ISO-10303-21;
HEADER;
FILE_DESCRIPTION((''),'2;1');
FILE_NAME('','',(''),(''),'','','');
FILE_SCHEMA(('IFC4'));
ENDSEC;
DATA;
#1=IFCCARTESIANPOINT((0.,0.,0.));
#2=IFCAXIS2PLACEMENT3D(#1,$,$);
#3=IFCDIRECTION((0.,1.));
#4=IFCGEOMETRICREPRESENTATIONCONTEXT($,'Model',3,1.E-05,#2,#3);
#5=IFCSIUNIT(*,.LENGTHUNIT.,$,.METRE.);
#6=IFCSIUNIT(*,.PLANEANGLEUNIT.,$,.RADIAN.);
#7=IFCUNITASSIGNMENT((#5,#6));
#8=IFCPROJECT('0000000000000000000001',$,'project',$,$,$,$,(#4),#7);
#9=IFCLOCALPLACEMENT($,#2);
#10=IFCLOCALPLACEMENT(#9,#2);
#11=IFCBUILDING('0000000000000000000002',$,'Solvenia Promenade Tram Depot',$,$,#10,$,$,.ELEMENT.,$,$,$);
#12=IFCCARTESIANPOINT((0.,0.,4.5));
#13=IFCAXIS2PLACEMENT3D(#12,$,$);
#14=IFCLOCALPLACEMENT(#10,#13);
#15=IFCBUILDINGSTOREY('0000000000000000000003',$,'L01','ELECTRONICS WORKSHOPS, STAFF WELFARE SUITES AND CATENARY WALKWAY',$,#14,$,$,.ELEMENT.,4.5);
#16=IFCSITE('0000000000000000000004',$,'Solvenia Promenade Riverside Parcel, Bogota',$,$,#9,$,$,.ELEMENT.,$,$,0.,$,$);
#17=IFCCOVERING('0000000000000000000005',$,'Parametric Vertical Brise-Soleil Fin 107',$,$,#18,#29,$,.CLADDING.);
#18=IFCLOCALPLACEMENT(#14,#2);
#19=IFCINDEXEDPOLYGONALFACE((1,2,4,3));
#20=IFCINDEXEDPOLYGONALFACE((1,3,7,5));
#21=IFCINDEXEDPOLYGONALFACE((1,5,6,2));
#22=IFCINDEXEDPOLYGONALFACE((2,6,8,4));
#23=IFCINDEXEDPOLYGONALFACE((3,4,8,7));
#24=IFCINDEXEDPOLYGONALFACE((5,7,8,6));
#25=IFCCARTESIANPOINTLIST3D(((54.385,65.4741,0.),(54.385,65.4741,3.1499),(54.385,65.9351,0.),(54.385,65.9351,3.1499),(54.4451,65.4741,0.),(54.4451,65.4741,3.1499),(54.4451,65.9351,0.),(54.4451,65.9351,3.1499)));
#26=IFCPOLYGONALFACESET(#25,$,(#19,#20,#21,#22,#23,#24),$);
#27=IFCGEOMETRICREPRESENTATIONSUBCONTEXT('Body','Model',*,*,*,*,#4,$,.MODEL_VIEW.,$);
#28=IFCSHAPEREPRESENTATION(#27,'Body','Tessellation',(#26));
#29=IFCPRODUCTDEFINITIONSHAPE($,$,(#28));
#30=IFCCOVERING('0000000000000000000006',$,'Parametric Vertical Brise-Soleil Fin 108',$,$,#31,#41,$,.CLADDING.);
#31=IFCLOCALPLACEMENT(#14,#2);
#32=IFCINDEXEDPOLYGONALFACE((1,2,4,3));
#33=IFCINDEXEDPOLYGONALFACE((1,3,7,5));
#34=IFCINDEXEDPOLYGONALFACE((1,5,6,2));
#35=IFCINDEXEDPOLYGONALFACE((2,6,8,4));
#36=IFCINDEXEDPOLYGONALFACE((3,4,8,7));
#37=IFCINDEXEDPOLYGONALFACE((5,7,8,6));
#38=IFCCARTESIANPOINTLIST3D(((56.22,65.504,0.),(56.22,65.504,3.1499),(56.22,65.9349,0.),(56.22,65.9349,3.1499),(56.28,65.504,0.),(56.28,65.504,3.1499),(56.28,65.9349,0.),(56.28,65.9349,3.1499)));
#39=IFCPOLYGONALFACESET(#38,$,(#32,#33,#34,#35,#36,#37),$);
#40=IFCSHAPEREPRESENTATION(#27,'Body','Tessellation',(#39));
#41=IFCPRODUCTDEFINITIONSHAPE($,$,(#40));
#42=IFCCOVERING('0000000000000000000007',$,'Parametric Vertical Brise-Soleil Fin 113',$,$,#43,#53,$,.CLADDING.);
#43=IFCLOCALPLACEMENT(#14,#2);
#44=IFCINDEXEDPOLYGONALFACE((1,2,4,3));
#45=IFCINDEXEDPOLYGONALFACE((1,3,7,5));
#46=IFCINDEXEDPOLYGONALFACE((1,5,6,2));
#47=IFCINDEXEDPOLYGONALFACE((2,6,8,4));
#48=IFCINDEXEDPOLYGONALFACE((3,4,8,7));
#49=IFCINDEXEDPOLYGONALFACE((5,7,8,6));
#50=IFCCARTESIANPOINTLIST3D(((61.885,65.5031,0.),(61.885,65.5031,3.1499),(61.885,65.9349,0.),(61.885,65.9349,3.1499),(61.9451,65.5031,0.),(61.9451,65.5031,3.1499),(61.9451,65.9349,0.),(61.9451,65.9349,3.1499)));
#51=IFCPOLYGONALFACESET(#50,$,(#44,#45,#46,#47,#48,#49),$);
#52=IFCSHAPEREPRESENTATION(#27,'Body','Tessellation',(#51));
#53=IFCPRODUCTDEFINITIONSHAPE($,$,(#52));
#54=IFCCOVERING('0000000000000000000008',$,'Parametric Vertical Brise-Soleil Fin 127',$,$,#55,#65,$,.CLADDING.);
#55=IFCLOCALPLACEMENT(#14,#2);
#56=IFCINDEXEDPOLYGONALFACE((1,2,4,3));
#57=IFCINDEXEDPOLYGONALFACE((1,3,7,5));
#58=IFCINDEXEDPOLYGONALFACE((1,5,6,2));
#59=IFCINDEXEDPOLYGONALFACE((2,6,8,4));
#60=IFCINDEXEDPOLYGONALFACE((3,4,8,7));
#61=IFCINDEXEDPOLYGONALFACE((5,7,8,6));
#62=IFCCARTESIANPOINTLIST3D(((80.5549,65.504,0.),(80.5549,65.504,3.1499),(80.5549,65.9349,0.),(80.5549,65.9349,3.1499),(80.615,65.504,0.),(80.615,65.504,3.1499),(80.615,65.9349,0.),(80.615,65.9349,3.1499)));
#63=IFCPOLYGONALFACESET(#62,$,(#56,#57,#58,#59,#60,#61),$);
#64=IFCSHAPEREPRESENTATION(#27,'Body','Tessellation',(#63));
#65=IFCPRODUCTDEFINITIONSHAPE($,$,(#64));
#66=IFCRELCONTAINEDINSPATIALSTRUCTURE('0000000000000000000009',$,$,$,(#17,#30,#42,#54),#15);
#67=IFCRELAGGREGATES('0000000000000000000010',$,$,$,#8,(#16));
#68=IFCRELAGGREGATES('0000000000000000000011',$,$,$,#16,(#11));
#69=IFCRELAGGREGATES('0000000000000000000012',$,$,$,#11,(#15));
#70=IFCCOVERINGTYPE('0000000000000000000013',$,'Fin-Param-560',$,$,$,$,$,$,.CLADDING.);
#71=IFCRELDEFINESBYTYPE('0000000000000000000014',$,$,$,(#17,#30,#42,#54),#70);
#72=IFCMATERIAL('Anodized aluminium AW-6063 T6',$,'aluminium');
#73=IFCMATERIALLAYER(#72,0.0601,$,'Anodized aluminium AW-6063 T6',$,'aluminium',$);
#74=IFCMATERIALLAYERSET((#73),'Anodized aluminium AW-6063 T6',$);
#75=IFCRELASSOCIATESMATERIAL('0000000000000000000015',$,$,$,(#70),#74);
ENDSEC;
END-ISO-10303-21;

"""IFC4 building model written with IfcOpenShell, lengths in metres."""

from ifc_helpers import new_model, si_unit, direction, frame, origin, origin_2d, place, context, subcontext, project, spatial, rectangle, extrude, material, layer, layer_set, type_object, element, save


model = new_model("IFC4")

# Units and contexts
model_context = context("Model", 3, precision=1e-05, world=origin(), true_north=direction((0.0, 1.0)))
body_context = subcontext(model_context, "Body", "Model", "MODEL_VIEW")
ifc_project = project(units=[si_unit("LENGTHUNIT", "METRE"), si_unit("PLANEANGLEUNIT", "RADIAN")], contexts=[model_context])

# Site, building, storey
site_placement = place(None, origin())
site = spatial("IfcSite", under=ifc_project, at=site_placement, Name="Solvenia Promenade Riverside Parcel, Bogota", CompositionType="ELEMENT", RefElevation=0.0)
building_placement = place(site_placement, origin())
building = spatial("IfcBuilding", under=site, at=building_placement, Name="Solvenia Promenade Tram Depot", CompositionType="ELEMENT")
storey_placement = place(building_placement, frame((0.0, 0.0, 4.5)))
storey = spatial("IfcBuildingStorey", under=building, at=storey_placement, Name="L01", Description="ELECTRONICS WORKSHOPS, STAFF WELFARE SUITES AND CATENARY WALKWAY", CompositionType="ELEMENT", Elevation=4.5)

# Shared definitions
ifc_material_1 = material(Name="Anodized aluminium AW-6063 T6", Category="aluminium")

# Coverings
ifc_layer_1 = layer(ifc_material_1, 0.0601, Name="Anodized aluminium AW-6063 T6", Category="aluminium")
ifc_layer_set_1 = layer_set([ifc_layer_1], Name="Anodized aluminium AW-6063 T6")
covering_type = type_object("IfcCoveringType", Name="Fin-Param-560", PredefinedType="CLADDING", material=ifc_layer_set_1)
covering_1_placement = place(storey_placement, frame((54.415, 65.7046, 0.0), z_axis=(0.0, 0.0, 1.0), x_axis=(1.0, 0.0, 0.0)))
element("IfcCovering", 1, at=covering_1_placement, inside=storey, type_object=covering_type, Name="Parametric Vertical Brise-Soleil Fin 107", PredefinedType="CLADDING", context=body_context, shape_type="SweptSolid", body=[
    extrude(rectangle(XDim=0.0601, YDim=0.4609, at=origin_2d()), origin(), (0.0, 0.0, 1.0), 3.1499),
])
covering_2_placement = place(storey_placement, frame((56.25, 65.7195, 0.0), z_axis=(0.0, 0.0, 1.0), x_axis=(1.0, 0.0, 0.0)))
element("IfcCovering", 2, at=covering_2_placement, inside=storey, type_object=covering_type, Name="Parametric Vertical Brise-Soleil Fin 108", PredefinedType="CLADDING", context=body_context, shape_type="SweptSolid", body=[
    extrude(rectangle(XDim=0.0601, YDim=0.4309, at=origin_2d()), origin(), (0.0, 0.0, 1.0), 3.1499),
])
covering_3_placement = place(storey_placement, frame((61.915, 65.719, 0.0), z_axis=(0.0, 0.0, 1.0), x_axis=(1.0, 0.0, 0.0)))
element("IfcCovering", 3, at=covering_3_placement, inside=storey, type_object=covering_type, Name="Parametric Vertical Brise-Soleil Fin 113", PredefinedType="CLADDING", context=body_context, shape_type="SweptSolid", body=[
    extrude(rectangle(XDim=0.0601, YDim=0.4319, at=origin_2d()), origin(), (0.0, 0.0, 1.0), 3.1499),
])
covering_4_placement = place(storey_placement, frame((80.585, 65.7195, 0.0), z_axis=(0.0, 0.0, 1.0), x_axis=(1.0, 0.0, 0.0)))
element("IfcCovering", 4, at=covering_4_placement, inside=storey, type_object=covering_type, Name="Parametric Vertical Brise-Soleil Fin 127", PredefinedType="CLADDING", context=body_context, shape_type="SweptSolid", body=[
    extrude(rectangle(XDim=0.0601, YDim=0.4309, at=origin_2d()), origin(), (0.0, 0.0, 1.0), 3.1499),
])

save(model, "model.ifc")
